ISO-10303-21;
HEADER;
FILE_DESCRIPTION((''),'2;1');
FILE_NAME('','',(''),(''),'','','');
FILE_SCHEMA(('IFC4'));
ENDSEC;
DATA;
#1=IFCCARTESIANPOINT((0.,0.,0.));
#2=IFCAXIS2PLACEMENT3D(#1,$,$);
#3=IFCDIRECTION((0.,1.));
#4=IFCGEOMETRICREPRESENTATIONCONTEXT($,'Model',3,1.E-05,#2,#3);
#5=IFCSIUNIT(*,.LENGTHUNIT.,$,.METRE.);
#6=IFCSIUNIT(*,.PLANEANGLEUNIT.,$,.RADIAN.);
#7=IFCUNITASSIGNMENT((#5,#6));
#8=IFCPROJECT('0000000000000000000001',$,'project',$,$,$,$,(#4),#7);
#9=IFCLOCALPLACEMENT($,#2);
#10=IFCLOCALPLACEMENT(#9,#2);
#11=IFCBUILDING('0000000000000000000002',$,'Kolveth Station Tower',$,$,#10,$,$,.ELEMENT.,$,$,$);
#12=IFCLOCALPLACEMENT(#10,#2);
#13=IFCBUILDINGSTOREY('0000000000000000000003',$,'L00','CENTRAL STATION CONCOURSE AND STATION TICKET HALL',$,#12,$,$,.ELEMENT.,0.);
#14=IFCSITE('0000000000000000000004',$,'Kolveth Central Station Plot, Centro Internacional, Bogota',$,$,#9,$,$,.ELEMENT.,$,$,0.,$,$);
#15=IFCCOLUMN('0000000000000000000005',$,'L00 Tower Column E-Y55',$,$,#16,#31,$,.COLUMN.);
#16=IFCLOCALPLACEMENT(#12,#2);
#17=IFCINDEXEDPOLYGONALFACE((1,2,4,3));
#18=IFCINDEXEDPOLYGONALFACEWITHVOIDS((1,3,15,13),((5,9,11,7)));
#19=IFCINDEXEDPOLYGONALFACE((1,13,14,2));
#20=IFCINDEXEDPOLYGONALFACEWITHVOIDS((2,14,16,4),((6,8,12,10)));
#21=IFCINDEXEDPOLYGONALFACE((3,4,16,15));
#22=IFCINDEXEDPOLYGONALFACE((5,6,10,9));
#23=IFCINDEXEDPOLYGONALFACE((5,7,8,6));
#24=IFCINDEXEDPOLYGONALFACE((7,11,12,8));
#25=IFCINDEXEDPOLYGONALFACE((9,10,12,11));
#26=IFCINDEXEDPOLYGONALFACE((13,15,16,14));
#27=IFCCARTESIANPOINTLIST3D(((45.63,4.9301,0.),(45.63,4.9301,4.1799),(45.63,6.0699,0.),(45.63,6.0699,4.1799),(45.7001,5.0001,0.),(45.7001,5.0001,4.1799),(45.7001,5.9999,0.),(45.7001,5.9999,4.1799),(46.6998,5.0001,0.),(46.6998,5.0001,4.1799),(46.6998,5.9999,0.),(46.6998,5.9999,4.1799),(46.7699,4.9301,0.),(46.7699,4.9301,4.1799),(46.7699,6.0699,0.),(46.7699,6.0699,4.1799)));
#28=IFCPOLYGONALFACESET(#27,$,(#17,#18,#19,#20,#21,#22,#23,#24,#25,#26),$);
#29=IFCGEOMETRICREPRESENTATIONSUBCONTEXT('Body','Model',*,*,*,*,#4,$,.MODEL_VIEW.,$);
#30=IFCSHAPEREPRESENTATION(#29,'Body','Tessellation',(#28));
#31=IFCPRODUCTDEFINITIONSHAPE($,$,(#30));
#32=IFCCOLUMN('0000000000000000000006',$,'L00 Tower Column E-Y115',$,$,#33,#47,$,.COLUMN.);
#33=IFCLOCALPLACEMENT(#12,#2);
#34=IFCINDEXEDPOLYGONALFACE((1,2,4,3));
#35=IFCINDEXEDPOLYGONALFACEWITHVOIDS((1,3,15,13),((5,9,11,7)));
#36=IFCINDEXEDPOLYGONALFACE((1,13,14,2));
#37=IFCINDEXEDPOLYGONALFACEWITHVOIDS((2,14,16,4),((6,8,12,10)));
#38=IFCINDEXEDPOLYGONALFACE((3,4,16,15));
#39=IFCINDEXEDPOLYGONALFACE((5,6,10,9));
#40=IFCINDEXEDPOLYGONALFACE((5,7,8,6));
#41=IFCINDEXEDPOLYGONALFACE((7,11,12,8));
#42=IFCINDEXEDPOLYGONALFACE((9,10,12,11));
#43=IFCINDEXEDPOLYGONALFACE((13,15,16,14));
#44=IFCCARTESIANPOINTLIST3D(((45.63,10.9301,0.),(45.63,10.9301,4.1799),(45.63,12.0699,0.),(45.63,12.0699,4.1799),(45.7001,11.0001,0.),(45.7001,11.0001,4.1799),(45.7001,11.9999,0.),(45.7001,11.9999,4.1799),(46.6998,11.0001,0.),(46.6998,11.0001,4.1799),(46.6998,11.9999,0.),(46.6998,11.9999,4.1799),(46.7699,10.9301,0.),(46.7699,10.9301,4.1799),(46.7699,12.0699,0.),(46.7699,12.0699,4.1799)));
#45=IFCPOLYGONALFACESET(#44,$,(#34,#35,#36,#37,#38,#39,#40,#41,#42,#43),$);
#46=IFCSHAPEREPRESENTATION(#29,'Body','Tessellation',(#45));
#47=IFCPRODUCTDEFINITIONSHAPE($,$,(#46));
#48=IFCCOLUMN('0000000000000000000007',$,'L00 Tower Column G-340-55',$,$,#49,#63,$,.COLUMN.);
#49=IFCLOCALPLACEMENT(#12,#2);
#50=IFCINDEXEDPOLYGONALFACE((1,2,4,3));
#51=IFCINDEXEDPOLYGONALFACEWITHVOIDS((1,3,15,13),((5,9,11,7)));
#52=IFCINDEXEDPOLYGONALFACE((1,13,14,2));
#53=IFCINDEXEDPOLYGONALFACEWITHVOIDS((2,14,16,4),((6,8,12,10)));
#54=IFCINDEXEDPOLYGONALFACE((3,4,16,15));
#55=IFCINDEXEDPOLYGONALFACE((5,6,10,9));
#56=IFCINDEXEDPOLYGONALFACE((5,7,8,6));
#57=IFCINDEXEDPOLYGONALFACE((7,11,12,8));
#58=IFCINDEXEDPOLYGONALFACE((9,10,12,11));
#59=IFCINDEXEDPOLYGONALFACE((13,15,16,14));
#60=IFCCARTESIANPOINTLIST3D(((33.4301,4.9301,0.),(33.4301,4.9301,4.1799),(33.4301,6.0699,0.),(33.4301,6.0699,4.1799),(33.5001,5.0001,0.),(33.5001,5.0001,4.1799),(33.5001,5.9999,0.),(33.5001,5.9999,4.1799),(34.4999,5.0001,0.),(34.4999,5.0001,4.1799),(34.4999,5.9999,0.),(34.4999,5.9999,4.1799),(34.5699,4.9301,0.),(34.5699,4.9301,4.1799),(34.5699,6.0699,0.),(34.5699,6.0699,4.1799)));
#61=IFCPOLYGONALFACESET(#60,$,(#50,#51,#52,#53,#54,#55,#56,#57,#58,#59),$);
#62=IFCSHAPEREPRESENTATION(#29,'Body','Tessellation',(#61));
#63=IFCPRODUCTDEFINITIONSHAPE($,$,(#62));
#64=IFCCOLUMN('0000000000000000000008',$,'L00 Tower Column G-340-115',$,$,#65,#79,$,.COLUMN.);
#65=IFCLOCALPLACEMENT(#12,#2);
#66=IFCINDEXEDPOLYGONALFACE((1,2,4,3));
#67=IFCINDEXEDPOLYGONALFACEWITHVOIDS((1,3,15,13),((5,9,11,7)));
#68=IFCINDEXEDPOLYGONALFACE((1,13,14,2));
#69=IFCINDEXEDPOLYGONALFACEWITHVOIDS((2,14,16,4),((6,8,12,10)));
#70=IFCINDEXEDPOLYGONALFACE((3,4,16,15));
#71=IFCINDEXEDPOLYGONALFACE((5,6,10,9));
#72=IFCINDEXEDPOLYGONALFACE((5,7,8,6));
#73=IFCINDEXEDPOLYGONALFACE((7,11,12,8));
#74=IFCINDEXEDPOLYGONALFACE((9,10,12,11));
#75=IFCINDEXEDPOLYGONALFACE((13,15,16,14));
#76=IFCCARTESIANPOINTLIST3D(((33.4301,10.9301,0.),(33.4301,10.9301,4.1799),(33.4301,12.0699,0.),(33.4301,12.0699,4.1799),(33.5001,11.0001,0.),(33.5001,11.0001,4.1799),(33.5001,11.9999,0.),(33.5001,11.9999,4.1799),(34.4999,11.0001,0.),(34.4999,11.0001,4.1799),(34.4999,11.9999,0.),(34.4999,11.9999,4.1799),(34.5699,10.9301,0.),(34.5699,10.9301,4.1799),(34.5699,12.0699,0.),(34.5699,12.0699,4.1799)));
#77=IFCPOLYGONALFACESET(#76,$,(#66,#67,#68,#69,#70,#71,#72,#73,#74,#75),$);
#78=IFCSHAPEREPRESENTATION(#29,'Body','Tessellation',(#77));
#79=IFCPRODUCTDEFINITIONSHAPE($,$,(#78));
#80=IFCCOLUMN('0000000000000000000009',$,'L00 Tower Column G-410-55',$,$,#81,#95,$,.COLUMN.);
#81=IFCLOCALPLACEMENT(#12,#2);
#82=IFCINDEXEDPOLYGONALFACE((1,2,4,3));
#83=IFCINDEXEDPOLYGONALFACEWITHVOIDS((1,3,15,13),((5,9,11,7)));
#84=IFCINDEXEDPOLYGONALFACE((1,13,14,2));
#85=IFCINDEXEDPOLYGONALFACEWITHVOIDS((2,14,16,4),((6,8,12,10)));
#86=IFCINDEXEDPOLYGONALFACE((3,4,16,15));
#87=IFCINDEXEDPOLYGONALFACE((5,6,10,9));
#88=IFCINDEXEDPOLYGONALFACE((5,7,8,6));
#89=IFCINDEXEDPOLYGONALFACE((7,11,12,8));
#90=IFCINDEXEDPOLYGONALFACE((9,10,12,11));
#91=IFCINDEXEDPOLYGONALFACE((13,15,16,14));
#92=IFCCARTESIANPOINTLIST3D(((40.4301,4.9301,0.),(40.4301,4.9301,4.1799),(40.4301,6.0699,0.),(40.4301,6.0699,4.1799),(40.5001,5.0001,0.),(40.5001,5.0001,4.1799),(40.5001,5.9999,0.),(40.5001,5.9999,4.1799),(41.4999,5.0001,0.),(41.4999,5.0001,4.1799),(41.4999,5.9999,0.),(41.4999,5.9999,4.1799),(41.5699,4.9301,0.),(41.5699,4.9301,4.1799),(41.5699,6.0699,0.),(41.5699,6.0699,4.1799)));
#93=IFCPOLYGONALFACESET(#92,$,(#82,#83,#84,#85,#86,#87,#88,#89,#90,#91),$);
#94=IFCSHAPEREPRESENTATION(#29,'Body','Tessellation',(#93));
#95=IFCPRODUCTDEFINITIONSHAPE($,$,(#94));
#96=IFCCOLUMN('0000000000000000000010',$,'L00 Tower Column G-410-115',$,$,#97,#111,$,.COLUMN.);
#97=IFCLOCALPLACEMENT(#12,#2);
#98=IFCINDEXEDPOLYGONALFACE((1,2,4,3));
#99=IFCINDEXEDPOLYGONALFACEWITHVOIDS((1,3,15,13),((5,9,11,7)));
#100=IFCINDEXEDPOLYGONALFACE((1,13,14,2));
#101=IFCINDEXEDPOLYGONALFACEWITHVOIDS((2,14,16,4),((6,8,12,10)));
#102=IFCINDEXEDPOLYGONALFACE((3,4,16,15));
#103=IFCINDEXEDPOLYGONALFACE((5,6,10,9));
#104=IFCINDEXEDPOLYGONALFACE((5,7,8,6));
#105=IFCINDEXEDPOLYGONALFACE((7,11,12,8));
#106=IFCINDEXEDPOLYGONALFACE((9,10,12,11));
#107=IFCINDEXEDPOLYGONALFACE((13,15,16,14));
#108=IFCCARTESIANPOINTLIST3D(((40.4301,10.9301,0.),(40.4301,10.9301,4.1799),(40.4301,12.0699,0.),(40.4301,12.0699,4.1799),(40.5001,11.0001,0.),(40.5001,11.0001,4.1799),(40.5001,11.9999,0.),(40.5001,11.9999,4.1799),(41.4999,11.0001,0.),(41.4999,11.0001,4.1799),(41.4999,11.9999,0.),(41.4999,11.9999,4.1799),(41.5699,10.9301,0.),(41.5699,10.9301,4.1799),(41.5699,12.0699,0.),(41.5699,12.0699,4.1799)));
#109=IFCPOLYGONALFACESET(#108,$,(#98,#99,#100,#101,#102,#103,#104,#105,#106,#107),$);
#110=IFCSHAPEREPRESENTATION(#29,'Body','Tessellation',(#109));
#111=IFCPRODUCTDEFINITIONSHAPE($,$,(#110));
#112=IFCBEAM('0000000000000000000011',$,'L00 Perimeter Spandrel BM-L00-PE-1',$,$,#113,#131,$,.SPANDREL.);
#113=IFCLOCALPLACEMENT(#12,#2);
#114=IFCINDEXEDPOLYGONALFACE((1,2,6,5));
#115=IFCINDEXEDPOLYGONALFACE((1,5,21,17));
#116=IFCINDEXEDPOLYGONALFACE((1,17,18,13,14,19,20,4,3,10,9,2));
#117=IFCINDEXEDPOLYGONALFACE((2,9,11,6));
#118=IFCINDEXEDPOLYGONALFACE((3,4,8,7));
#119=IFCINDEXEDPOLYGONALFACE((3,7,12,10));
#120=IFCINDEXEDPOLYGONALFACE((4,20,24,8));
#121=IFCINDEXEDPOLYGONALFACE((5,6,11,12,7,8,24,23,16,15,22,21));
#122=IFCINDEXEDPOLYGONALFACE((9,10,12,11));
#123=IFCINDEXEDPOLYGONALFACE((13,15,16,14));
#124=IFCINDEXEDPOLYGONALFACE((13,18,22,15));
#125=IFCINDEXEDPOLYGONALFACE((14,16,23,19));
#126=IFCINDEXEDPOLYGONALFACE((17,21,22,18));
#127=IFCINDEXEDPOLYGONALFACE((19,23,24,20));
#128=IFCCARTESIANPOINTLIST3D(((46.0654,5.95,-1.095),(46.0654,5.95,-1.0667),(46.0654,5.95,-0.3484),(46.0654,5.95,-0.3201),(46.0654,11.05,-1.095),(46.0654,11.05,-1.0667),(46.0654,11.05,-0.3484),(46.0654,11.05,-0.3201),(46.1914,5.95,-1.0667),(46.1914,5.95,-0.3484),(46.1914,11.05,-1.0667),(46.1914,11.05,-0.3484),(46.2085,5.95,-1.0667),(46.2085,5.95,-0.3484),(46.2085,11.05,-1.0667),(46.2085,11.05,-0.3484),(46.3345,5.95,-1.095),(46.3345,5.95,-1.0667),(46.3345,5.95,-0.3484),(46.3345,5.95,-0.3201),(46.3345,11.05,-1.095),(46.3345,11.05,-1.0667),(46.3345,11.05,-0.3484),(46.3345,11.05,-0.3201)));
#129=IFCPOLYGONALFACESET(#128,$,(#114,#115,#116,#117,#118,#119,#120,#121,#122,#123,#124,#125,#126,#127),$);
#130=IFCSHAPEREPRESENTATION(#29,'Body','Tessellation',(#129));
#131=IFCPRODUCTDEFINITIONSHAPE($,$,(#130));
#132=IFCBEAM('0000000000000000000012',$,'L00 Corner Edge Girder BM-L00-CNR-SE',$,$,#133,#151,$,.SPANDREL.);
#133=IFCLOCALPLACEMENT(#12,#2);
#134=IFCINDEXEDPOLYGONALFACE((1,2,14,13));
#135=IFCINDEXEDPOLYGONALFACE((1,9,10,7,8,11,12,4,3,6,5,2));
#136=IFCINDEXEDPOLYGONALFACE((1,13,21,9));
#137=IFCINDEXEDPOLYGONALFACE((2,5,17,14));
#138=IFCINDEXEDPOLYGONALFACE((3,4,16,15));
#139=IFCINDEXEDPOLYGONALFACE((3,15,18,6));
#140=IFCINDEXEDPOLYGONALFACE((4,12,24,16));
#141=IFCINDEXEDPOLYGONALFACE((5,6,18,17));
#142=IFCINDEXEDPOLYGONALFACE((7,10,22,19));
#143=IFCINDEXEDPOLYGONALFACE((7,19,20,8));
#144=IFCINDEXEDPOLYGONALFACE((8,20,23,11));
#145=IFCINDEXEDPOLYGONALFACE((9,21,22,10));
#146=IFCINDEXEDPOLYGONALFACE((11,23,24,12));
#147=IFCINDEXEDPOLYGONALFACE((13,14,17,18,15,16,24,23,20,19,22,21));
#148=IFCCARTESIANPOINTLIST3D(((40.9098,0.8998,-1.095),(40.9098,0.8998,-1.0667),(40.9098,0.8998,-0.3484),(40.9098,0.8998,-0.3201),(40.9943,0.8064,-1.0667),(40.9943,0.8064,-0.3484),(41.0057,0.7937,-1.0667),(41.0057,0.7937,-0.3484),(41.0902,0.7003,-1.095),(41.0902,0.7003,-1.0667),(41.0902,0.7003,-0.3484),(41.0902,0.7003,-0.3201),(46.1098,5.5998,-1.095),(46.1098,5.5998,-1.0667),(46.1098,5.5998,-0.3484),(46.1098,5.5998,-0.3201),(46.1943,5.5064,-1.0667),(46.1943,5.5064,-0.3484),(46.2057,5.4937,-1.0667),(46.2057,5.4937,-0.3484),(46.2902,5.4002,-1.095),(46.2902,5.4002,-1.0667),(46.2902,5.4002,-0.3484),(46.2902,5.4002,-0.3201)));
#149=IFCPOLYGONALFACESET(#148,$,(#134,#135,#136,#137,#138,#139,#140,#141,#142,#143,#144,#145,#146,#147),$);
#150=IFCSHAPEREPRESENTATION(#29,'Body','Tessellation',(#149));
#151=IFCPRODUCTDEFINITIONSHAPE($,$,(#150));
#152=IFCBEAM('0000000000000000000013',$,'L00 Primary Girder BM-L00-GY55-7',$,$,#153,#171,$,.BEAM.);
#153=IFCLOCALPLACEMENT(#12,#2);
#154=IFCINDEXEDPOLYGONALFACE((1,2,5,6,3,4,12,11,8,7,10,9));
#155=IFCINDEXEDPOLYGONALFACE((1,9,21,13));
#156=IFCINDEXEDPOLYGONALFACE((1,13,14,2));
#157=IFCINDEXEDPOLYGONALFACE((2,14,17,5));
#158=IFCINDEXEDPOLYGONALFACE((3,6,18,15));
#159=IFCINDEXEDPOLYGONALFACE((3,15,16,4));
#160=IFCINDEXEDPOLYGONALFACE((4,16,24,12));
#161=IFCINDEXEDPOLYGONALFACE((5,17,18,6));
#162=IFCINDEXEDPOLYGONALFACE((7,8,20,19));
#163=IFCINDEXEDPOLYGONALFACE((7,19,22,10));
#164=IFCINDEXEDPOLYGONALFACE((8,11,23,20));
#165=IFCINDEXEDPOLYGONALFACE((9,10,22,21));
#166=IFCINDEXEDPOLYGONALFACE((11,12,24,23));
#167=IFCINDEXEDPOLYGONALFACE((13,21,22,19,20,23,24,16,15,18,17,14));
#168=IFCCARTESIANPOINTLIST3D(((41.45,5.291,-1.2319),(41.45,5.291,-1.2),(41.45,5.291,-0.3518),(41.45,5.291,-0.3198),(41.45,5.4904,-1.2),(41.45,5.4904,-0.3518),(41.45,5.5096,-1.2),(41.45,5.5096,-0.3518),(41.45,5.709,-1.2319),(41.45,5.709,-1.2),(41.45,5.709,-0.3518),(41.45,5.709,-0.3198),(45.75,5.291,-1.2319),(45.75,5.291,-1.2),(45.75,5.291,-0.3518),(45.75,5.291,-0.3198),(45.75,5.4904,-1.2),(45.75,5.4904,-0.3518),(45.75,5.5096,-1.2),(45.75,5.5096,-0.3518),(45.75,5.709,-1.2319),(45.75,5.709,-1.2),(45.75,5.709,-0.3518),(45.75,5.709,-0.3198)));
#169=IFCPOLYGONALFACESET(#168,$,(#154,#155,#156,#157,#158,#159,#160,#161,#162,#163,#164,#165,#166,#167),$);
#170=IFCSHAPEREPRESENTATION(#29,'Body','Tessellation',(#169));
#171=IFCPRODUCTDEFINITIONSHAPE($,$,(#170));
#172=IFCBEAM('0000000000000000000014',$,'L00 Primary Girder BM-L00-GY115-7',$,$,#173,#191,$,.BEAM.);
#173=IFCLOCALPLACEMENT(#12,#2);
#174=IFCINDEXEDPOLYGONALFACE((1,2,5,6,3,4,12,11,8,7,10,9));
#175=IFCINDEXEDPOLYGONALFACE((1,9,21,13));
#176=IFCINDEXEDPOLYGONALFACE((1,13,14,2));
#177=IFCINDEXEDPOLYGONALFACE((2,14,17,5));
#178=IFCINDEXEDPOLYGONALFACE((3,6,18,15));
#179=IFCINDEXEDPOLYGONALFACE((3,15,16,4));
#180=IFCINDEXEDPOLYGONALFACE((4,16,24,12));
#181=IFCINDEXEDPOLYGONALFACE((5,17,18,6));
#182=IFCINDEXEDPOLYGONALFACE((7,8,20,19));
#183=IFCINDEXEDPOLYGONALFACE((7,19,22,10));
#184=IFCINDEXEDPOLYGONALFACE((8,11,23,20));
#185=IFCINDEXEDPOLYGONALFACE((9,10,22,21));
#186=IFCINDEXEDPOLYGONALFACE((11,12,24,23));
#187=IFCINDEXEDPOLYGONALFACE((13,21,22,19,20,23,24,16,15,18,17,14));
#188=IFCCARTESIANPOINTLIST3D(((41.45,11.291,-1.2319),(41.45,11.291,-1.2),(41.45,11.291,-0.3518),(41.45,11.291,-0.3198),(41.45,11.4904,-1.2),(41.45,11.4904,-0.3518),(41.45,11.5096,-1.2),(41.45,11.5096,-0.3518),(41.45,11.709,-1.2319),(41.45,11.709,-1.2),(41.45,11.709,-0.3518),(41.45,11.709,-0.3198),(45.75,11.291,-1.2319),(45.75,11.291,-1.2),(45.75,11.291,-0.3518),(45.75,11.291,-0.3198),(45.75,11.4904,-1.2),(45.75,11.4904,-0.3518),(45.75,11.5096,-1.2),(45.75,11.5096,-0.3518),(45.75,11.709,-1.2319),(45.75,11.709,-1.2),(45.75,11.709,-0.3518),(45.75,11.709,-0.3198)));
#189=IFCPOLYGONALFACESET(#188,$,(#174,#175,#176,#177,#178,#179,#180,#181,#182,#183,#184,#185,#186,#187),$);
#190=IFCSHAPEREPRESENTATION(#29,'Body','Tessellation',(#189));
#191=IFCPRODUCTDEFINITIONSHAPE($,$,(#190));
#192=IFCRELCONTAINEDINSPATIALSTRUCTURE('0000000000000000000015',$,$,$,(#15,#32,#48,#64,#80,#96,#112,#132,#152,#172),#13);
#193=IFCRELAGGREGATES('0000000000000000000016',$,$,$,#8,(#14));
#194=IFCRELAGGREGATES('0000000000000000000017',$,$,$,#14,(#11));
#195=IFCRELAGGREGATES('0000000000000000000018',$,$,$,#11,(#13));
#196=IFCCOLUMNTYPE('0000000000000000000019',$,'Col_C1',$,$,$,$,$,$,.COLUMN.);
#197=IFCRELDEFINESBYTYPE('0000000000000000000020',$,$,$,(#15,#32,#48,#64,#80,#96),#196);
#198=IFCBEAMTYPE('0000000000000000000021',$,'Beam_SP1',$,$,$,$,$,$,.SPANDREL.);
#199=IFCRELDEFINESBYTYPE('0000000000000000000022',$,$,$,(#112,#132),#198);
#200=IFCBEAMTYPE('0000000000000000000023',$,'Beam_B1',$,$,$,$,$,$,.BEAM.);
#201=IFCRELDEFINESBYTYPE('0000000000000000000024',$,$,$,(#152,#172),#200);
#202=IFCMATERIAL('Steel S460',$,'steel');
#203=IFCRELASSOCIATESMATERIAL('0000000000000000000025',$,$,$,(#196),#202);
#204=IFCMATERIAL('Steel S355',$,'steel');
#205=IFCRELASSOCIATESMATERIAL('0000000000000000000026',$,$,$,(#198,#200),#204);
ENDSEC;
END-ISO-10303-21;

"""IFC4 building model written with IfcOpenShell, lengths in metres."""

from ifc_helpers import new_model, si_unit, direction, frame, origin, origin_2d, place, context, subcontext, project, spatial, hollow_rectangle, i_section, extrude, source, transform, mapped, material, material_profile, profile_set, type_object, element, save


model = new_model("IFC4")

# Units and contexts
model_context = context("Model", 3, precision=1e-05, world=origin(), true_north=direction((0.0, 1.0)))
body_context = subcontext(model_context, "Body", "Model", "MODEL_VIEW")
ifc_project = project(units=[si_unit("LENGTHUNIT", "METRE"), si_unit("PLANEANGLEUNIT", "RADIAN")], contexts=[model_context])

# Site, building, storey
site_placement = place(None, origin())
site = spatial("IfcSite", under=ifc_project, at=site_placement, Name="Kolveth Central Station Plot, Centro Internacional, Bogota", CompositionType="ELEMENT", RefElevation=0.0)
building_placement = place(site_placement, origin())
building = spatial("IfcBuilding", under=site, at=building_placement, Name="Kolveth Station Tower", CompositionType="ELEMENT")
storey_placement = place(building_placement, origin())
storey = spatial("IfcBuildingStorey", under=building, at=storey_placement, Name="L00", Description="CENTRAL STATION CONCOURSE AND STATION TICKET HALL", CompositionType="ELEMENT", Elevation=0.0)

# Columns
ifc_material_1 = material(Name="Steel S460", Category="steel")
ifc_material_profile_1 = material_profile(ifc_material_1, hollow_rectangle(XDim=1.1399, YDim=1.1399, WallThickness=0.0701, at=origin_2d()), Name="BOX1140x1140x70")
ifc_profile_set_1 = profile_set([ifc_material_profile_1], Name="Steel S460")
column_type = type_object("IfcColumnType", Name="Col_C1", PredefinedType="COLUMN", material=ifc_profile_set_1)
shared_shape_1 = source(origin(), body_context, "Body", "SweptSolid", [
    extrude(hollow_rectangle(XDim=1.1399, YDim=1.1399, WallThickness=0.0701, at=origin_2d()), origin(), (0.0, 0.0, 1.0), 4.1799),
])
for number, where, z_axis, x_axis, name in (
    (1, (46.2, 5.5, 0.0), (0.0, 0.0, 1.0), (1.0, 0.0, 0.0), "L00 Tower Column E-Y55"),
    (2, (46.2, 11.5, 0.0), (0.0, 0.0, 1.0), (1.0, 0.0, 0.0), "L00 Tower Column E-Y115"),
    (3, (34.0, 5.5, 0.0), (0.0, 0.0, 1.0), (1.0, 0.0, 0.0), "L00 Tower Column G-340-55"),
    (4, (34.0, 11.5, 0.0), (0.0, 0.0, 1.0), (1.0, 0.0, 0.0), "L00 Tower Column G-340-115"),
    (5, (41.0, 5.5, 0.0), (0.0, 0.0, 1.0), (1.0, 0.0, 0.0), "L00 Tower Column G-410-55"),
    (6, (41.0, 11.5, 0.0), (0.0, 0.0, 1.0), (1.0, 0.0, 0.0), "L00 Tower Column G-410-115"),
):
    element("IfcColumn", number, at=place(storey_placement, frame(where, z_axis=z_axis, x_axis=x_axis)), inside=storey, type_object=column_type, Name=name, PredefinedType="COLUMN", context=body_context, shape_type="MappedRepresentation", body=[
        mapped(shared_shape_1, transform((0.0, 0.0, 0.0), x_axis=(1.0, 0.0, 0.0), y_axis=(0.0, 1.0, 0.0), z_axis=(0.0, 0.0, 1.0), scale=1.0)),
    ])

# Beams
ifc_material_2 = material(Name="Steel S355", Category="steel")
ifc_material_profile_2 = material_profile(ifc_material_2, i_section(OverallWidth=0.269, OverallDepth=0.7749, WebThickness=0.0171, FlangeThickness=0.0283, at=origin_2d()), Name="W760x220")
ifc_profile_set_2 = profile_set([ifc_material_profile_2], Name="Steel S355")
beam_type_1 = type_object("IfcBeamType", Name="Beam_SP1", PredefinedType="SPANDREL", material=ifc_profile_set_2)
shared_shape_2 = source(origin(), body_context, "Body", "SweptSolid", [
    extrude(i_section(OverallWidth=0.269, OverallDepth=0.7749, WebThickness=0.0171, FlangeThickness=0.0283, at=origin_2d()), origin(), (0.0, 0.0, 1.0), 5.1001),
])
beam_1_placement = place(storey_placement, frame((46.2, 5.95, -0.7075), z_axis=(0.0, 1.0, 0.0), x_axis=(-1.0, 0.0, 0.0)))
element("IfcBeam", 7, at=beam_1_placement, inside=storey, type_object=beam_type_1, Name="L00 Perimeter Spandrel BM-L00-PE-1", PredefinedType="SPANDREL", context=body_context, shape_type="MappedRepresentation", body=[
    mapped(shared_shape_2, transform((0.0, 0.0, 0.0), x_axis=(1.0, 0.0, 0.0), y_axis=(0.0, 1.0, 0.0), z_axis=(0.0, 0.0, 1.0), scale=1.0)),
])
shared_shape_3 = source(origin(), body_context, "Body", "SweptSolid", [
    extrude(i_section(OverallWidth=0.269, OverallDepth=0.7749, WebThickness=0.0171, FlangeThickness=0.0283, at=origin_2d()), origin(), (0.0, 0.0, 1.0), 7.0093),
])
beam_2_placement = place(storey_placement, frame((41.0, 0.8, -0.7075), z_axis=(0.741874, 0.670539, 0.0), x_axis=(-0.670539, 0.741874, 0.0)))
element("IfcBeam", 8, at=beam_2_placement, inside=storey, type_object=beam_type_1, Name="L00 Corner Edge Girder BM-L00-CNR-SE", PredefinedType="SPANDREL", context=body_context, shape_type="MappedRepresentation", body=[
    mapped(shared_shape_3, transform((0.0, 0.0, 0.0), x_axis=(1.0, 0.0, 0.0), y_axis=(0.0, 1.0, 0.0), z_axis=(0.0, 0.0, 1.0), scale=1.0)),
])
ifc_material_profile_3 = material_profile(ifc_material_2, i_section(OverallWidth=0.418, OverallDepth=0.9121, WebThickness=0.0193, FlangeThickness=0.032, at=origin_2d()), Name="W920x342")
ifc_profile_set_3 = profile_set([ifc_material_profile_3], Name="Steel S355")
beam_type_2 = type_object("IfcBeamType", Name="Beam_B1", PredefinedType="BEAM", material=ifc_profile_set_3)
shared_shape_4 = source(origin(), body_context, "Body", "SweptSolid", [
    extrude(i_section(OverallWidth=0.418, OverallDepth=0.9121, WebThickness=0.0193, FlangeThickness=0.032, at=origin_2d()), origin(), (0.0, 0.0, 1.0), 4.3),
])
for number, where, z_axis, x_axis, name in (
    (9, (41.45, 5.5, -0.7759), (1.0, 0.0, 0.0), (0.0, 1.0, 0.0), "L00 Primary Girder BM-L00-GY55-7"),
    (10, (41.45, 11.5, -0.7759), (1.0, 0.0, 0.0), (0.0, 1.0, 0.0), "L00 Primary Girder BM-L00-GY115-7"),
):
    element("IfcBeam", number, at=place(storey_placement, frame(where, z_axis=z_axis, x_axis=x_axis)), inside=storey, type_object=beam_type_2, Name=name, PredefinedType="BEAM", context=body_context, shape_type="MappedRepresentation", body=[
        mapped(shared_shape_4, transform((0.0, 0.0, 0.0), x_axis=(1.0, 0.0, 0.0), y_axis=(0.0, 1.0, 0.0), z_axis=(0.0, 0.0, 1.0), scale=1.0)),
    ])

save(model, "model.ifc")
